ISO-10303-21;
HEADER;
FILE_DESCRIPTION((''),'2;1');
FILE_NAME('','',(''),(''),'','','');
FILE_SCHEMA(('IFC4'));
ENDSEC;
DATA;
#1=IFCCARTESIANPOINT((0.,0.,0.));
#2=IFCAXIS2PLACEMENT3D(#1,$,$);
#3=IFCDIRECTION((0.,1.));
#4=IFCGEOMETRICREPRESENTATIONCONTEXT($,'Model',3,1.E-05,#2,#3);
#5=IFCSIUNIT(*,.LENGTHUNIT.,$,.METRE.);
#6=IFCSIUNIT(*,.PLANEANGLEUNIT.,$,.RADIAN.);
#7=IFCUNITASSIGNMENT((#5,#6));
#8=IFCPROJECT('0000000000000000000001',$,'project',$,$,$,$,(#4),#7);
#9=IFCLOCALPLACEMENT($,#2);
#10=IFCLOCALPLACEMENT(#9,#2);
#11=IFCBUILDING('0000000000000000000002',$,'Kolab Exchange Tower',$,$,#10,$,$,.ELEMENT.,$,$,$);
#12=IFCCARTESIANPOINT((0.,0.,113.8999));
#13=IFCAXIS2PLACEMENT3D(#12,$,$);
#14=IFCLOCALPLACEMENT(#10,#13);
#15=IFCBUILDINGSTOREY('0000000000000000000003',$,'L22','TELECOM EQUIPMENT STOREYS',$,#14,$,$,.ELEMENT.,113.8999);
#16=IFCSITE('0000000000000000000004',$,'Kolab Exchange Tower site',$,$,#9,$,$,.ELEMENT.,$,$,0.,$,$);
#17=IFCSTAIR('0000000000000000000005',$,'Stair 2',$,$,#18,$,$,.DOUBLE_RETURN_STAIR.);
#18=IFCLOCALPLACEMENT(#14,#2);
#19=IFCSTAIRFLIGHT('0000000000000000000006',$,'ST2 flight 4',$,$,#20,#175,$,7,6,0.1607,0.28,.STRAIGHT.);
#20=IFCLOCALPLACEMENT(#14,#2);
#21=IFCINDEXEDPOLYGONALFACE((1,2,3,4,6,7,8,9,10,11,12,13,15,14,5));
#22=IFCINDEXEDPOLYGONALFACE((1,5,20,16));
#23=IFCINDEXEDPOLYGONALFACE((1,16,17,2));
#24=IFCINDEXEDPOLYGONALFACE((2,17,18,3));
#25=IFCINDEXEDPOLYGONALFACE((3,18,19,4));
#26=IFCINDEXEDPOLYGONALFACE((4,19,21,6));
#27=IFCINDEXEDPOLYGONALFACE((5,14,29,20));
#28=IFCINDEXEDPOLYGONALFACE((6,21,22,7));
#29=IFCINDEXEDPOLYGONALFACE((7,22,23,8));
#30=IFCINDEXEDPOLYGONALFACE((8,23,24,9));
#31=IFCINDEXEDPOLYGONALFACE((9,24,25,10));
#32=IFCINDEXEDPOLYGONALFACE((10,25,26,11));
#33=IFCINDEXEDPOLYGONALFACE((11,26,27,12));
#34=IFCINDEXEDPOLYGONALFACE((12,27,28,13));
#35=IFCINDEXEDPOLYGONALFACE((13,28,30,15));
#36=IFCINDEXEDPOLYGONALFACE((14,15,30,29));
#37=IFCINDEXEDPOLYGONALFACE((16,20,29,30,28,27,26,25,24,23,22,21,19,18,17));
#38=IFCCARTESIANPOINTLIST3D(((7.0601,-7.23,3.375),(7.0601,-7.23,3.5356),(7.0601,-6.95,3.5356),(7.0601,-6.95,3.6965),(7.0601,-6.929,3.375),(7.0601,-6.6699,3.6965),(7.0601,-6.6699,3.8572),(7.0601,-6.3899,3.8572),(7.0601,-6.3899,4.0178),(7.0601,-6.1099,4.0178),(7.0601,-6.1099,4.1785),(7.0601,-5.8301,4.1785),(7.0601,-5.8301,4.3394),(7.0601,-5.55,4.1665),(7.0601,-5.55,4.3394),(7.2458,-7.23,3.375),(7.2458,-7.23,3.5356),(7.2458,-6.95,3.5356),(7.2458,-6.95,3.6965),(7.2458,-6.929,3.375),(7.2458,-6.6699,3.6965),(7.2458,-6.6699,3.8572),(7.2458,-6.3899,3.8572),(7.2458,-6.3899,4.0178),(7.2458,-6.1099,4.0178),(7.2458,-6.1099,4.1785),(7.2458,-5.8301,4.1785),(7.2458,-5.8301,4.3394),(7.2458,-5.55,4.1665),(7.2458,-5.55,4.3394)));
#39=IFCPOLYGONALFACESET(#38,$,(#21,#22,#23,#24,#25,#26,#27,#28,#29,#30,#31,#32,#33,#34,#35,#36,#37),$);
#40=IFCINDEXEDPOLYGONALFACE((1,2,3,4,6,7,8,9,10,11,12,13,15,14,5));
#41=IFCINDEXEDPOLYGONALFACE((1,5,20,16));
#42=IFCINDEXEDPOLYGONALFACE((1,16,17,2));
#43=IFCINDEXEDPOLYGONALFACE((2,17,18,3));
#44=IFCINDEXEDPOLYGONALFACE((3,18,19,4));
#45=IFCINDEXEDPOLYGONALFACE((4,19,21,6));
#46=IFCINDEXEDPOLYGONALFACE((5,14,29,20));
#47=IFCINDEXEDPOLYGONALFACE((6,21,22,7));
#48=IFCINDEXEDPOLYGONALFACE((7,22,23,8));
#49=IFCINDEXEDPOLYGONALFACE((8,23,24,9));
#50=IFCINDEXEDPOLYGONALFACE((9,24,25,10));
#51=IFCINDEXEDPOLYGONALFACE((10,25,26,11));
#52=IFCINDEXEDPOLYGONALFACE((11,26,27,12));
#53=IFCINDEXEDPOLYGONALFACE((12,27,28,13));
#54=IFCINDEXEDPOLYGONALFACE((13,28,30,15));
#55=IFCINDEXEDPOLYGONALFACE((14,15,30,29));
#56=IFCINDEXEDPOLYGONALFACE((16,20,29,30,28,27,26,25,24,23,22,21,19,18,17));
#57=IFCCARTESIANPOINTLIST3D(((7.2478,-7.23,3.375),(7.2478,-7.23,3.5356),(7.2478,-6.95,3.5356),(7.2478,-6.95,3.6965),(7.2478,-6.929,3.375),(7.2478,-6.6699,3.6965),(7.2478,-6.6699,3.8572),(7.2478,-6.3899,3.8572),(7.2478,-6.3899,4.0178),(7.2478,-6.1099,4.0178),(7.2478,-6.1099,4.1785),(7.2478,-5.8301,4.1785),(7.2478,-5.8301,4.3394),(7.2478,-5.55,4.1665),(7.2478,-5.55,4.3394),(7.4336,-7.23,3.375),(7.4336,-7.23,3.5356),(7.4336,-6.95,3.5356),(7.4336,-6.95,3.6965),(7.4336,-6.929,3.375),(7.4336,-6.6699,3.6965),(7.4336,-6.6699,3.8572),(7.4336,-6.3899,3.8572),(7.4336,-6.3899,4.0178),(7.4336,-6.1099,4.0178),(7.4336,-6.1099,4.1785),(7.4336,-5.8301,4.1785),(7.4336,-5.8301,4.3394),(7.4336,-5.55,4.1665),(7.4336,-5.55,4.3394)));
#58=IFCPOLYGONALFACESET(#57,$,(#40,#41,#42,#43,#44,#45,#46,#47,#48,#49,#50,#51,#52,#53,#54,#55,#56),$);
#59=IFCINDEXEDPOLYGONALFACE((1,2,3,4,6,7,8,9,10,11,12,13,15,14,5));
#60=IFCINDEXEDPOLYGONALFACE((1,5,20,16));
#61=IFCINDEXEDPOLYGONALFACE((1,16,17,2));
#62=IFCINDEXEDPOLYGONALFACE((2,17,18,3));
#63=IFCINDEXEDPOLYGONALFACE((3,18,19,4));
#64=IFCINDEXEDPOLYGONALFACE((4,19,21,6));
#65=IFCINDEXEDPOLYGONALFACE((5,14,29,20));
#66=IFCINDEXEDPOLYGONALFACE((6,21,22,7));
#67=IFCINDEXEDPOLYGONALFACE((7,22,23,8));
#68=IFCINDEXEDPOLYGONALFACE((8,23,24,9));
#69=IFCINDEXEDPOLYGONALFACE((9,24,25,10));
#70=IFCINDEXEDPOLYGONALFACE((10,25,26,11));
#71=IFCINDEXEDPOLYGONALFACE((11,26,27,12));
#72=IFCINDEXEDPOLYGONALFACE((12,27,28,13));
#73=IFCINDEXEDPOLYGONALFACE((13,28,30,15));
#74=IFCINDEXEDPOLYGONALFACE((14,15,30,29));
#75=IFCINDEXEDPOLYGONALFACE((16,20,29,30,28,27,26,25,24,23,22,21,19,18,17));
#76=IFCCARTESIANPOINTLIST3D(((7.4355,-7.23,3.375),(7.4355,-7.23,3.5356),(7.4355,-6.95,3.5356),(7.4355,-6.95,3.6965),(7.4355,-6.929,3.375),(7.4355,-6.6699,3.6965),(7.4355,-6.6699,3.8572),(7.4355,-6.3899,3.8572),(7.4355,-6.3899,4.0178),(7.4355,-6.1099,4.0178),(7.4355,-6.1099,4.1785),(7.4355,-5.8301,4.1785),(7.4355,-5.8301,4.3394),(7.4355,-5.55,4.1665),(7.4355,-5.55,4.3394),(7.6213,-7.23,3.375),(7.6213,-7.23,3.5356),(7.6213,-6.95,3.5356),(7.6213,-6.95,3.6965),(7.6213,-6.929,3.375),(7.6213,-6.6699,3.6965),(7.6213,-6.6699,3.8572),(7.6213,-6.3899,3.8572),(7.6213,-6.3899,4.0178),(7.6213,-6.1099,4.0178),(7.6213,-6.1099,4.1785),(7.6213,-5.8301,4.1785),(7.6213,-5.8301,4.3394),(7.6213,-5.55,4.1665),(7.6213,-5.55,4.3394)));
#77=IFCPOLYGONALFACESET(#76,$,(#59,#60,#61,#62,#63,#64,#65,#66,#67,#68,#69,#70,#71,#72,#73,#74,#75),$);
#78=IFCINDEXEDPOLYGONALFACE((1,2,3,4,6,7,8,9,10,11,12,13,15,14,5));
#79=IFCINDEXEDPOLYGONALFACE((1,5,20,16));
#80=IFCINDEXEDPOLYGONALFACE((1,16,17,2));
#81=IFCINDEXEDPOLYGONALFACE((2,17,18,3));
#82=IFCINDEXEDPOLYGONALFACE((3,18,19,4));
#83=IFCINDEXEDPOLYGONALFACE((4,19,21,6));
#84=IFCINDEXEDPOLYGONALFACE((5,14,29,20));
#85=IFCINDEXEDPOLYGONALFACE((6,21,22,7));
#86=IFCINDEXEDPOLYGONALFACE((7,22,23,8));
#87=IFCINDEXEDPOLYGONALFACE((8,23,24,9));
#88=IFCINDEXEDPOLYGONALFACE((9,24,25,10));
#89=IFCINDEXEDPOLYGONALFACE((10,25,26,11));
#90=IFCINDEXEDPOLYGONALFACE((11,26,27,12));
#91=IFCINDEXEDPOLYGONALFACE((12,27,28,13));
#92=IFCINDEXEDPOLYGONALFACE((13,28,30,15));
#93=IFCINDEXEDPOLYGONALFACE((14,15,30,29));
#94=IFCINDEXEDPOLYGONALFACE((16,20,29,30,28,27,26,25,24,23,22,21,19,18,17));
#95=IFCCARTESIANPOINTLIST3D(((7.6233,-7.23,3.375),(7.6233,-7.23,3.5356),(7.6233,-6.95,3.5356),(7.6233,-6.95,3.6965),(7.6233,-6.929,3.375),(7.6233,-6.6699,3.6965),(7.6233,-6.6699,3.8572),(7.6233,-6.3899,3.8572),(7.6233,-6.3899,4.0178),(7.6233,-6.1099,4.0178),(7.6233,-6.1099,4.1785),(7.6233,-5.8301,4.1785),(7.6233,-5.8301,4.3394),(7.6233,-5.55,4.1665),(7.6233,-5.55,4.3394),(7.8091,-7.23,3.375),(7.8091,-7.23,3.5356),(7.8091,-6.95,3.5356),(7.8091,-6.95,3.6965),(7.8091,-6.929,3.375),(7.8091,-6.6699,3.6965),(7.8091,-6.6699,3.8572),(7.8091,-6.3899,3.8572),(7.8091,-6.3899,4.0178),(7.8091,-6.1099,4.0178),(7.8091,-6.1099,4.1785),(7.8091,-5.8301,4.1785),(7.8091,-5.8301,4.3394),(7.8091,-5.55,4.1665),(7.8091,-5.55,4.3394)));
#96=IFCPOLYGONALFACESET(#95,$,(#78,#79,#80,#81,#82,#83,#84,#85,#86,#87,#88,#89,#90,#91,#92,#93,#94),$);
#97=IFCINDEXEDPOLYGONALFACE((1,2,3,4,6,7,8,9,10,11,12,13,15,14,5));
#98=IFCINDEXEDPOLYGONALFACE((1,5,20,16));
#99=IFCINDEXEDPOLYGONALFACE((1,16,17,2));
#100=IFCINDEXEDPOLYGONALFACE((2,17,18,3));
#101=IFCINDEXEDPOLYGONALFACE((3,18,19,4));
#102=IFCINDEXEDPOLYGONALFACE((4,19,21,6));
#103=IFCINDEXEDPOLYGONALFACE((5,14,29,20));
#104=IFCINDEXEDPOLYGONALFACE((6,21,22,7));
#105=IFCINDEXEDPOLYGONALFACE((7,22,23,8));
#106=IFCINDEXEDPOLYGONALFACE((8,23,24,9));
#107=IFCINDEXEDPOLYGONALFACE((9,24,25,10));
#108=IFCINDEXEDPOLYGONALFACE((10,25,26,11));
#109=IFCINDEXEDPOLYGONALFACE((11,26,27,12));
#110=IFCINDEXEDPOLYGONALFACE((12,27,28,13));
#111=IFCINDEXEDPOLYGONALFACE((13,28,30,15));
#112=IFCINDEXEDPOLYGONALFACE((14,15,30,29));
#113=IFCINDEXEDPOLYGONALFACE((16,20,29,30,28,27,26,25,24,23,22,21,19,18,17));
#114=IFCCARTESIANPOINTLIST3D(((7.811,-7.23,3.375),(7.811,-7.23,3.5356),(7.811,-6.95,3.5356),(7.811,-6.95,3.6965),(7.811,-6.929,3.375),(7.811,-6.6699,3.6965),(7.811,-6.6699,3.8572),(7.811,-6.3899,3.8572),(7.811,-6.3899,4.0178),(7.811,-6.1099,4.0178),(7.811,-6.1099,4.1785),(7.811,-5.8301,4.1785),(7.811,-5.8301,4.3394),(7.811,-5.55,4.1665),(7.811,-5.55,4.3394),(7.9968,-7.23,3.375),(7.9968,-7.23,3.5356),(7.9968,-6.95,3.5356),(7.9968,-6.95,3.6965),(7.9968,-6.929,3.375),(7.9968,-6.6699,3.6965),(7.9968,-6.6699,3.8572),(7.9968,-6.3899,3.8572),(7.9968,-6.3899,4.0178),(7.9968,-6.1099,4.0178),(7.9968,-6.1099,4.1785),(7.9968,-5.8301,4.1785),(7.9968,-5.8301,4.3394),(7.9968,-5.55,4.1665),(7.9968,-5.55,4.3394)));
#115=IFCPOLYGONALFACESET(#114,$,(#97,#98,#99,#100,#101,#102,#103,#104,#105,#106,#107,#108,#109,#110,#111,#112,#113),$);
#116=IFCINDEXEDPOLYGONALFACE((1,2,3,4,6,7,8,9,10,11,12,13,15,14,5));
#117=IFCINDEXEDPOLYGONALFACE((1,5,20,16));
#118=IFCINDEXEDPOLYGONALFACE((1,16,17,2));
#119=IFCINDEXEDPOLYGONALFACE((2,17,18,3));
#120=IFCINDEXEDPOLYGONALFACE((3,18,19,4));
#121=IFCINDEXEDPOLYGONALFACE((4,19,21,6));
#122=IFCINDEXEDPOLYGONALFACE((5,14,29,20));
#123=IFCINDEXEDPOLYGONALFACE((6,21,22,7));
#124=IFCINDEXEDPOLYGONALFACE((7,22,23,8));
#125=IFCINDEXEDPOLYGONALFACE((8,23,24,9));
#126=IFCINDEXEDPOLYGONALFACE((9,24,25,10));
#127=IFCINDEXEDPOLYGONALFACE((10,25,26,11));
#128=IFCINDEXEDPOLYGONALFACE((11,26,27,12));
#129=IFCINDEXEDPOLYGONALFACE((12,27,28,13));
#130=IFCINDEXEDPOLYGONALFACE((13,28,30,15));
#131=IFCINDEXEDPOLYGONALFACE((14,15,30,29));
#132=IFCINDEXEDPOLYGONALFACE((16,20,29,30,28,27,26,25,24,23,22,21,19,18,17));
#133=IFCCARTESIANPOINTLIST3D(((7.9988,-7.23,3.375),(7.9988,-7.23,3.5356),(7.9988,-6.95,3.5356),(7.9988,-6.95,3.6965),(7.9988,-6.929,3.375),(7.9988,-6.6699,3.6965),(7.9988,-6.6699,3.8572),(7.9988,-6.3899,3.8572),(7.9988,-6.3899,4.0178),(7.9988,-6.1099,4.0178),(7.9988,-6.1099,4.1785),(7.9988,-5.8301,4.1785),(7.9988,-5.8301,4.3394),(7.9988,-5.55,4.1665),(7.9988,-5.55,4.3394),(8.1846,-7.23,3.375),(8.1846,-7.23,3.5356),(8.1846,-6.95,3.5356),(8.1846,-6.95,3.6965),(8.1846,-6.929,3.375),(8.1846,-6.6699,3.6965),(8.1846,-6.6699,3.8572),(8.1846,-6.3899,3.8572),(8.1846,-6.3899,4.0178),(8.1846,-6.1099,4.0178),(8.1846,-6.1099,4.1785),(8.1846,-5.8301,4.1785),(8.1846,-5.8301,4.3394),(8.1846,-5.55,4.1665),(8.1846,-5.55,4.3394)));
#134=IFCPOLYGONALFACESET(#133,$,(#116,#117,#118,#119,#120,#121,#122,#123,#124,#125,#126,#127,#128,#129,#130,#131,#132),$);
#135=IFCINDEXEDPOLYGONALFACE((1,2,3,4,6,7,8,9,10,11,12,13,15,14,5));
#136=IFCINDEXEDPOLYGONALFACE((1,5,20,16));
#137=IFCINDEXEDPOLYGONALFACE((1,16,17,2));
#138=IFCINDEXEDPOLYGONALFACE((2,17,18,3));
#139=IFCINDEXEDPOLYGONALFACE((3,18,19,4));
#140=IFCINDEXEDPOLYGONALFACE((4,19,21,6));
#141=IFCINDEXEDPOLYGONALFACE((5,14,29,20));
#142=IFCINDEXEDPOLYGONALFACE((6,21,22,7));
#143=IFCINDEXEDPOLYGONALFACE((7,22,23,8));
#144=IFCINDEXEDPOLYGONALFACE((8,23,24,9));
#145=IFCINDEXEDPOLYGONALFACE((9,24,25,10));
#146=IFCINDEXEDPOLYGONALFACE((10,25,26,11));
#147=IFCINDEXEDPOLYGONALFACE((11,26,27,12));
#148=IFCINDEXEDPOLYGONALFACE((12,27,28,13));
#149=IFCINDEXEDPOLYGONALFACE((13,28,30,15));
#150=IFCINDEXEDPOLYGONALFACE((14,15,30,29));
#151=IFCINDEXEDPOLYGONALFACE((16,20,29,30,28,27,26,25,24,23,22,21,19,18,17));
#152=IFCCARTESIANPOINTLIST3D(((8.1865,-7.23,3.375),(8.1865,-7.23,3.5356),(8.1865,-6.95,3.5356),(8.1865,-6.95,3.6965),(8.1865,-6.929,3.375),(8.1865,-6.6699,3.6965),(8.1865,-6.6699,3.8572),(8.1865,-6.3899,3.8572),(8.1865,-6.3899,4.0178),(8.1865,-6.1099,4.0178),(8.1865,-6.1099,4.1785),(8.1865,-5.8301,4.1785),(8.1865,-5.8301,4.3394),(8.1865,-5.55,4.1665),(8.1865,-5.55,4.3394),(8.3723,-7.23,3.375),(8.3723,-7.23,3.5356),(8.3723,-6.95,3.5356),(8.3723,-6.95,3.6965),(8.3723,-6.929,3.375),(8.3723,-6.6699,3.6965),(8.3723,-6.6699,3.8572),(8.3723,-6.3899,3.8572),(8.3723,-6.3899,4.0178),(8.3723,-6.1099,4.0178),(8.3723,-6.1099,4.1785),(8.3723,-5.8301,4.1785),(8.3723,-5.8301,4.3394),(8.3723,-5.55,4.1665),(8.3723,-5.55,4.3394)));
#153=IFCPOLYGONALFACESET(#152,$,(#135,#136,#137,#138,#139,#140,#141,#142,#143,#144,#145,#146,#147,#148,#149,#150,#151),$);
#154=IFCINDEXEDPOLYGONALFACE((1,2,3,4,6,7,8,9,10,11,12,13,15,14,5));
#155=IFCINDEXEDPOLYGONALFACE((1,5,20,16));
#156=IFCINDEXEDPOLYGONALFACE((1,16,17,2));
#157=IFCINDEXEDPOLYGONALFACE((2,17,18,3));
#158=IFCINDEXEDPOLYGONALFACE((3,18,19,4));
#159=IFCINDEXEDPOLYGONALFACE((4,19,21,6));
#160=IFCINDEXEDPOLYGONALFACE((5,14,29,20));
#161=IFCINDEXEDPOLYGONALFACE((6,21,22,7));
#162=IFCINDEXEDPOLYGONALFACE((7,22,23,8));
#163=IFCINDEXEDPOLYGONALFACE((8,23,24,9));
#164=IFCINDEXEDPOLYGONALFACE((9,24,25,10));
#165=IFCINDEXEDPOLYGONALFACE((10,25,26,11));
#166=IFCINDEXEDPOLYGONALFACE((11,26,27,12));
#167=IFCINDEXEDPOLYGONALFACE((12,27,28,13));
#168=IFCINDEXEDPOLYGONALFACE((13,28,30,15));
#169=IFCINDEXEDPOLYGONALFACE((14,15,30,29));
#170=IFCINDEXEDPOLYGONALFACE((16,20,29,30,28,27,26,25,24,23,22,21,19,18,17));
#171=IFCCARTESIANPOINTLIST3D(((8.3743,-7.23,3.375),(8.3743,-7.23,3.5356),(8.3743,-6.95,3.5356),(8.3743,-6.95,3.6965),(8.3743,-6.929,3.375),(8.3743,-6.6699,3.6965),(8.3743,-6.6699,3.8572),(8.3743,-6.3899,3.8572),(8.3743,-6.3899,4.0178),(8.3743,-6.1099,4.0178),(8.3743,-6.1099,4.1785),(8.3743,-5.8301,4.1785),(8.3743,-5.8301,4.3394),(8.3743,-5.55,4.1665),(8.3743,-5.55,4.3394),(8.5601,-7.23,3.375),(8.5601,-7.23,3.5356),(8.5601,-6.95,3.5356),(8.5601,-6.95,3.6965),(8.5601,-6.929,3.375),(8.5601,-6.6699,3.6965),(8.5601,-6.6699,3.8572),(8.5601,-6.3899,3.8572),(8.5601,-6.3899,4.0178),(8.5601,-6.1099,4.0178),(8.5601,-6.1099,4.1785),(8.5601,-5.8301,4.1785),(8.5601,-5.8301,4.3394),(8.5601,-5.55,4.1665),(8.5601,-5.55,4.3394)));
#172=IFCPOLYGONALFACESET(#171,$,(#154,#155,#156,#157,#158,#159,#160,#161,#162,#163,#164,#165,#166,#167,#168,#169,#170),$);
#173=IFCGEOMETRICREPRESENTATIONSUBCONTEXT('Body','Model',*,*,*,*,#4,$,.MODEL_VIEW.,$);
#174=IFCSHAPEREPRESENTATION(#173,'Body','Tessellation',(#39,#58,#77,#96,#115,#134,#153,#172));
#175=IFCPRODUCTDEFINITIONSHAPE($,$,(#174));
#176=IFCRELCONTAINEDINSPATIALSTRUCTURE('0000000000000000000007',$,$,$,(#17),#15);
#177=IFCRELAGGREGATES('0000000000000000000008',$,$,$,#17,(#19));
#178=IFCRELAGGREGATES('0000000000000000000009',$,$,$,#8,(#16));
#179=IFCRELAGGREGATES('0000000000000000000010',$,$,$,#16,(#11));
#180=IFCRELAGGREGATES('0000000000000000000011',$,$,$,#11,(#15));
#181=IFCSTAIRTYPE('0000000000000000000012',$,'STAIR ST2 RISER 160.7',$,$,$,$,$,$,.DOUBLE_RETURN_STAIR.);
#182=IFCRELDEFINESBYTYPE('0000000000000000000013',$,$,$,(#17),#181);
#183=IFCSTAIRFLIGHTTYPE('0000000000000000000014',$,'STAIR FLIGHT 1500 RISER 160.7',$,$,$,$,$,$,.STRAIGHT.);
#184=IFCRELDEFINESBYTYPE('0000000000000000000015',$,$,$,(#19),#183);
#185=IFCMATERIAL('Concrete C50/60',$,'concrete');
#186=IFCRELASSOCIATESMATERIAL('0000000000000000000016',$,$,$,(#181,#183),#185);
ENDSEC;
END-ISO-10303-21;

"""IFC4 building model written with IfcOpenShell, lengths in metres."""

from ifc_helpers import new_model, si_unit, direction, frame, origin, place, context, subcontext, project, spatial, polyline, outline, extrude, material, type_object, element, aggregate, save


model = new_model("IFC4")

# Units and contexts
model_context = context("Model", 3, precision=1e-05, world=origin(), true_north=direction((0.0, 1.0)))
body_context = subcontext(model_context, "Body", "Model", "MODEL_VIEW")
ifc_project = project(units=[si_unit("LENGTHUNIT", "METRE"), si_unit("PLANEANGLEUNIT", "RADIAN")], contexts=[model_context])

# Site, building, storey
site_placement = place(None, origin())
site = spatial("IfcSite", under=ifc_project, at=site_placement, Name="Kolab Exchange Tower site", CompositionType="ELEMENT", RefElevation=0.0)
building_placement = place(site_placement, origin())
building = spatial("IfcBuilding", under=site, at=building_placement, Name="Kolab Exchange Tower", CompositionType="ELEMENT")
storey_placement = place(building_placement, frame((0.0, 0.0, 113.8999)))
storey = spatial("IfcBuildingStorey", under=building, at=storey_placement, Name="L22", Description="TELECOM EQUIPMENT STOREYS", CompositionType="ELEMENT", Elevation=113.8999)

# Shared definitions
ifc_material_1 = material(Name="Concrete C50/60", Category="concrete")

# Stair, stair flight
stair_type = type_object("IfcStairType", Name="STAIR ST2 RISER 160.7", PredefinedType="DOUBLE_RETURN_STAIR", material=ifc_material_1)
stair_placement = place(storey_placement, origin())
stair = element("IfcStair", 1, at=stair_placement, inside=storey, type_object=stair_type, Name="Stair 2", PredefinedType="DOUBLE_RETURN_STAIR")
stair_flight_type = type_object("IfcStairFlightType", Name="STAIR FLIGHT 1500 RISER 160.7", PredefinedType="STRAIGHT", material=ifc_material_1)
stair_flight_1_placement = place(storey_placement, frame((7.8101, -7.23, 3.375), z_axis=(0.0, 0.0, 1.0), x_axis=(0.0, 1.0, 0.0)))
stair_flight_1 = element("IfcStairFlight", 2, at=stair_flight_1_placement, type_object=stair_flight_type, Name="ST2 flight 4", NumberOfRisers=7, NumberOfTreads=6, PredefinedType="STRAIGHT", RiserHeight=0.1607, TreadLength=0.28, context=body_context, shape_type="SweptSolid", body=[
    extrude(outline(polyline([(0.0, 0.0), (0.0, 0.1606), (0.28, 0.1606), (0.28, 0.3215), (0.5601, 0.3215), (0.5601, 0.4822), (0.8401, 0.4822), (0.8401, 0.6428), (1.1201, 0.6428), (1.1201, 0.8035), (1.3999, 0.8035), (1.3999, 0.9644), (1.6799, 0.9644), (1.6799, 1.125), (1.6799, 0.7915), (0.301, 0.0), (0.0, 0.0)])), frame((0.0, 0.75, 0.0), z_axis=(0.0, -1.0, 0.0), x_axis=(1.0, 0.0, 0.0)), (0.0, 0.0, 1.0), 0.1858),
    extrude(outline(polyline([(0.0, 0.0), (0.0, 0.1606), (0.28, 0.1606), (0.28, 0.3215), (0.5601, 0.3215), (0.5601, 0.4822), (0.8401, 0.4822), (0.8401, 0.6428), (1.1201, 0.6428), (1.1201, 0.8035), (1.3999, 0.8035), (1.3999, 0.9644), (1.6799, 0.9644), (1.6799, 1.125), (1.6799, 0.7915), (0.301, 0.0), (0.0, 0.0)])), frame((0.0, 0.5623, 0.0), z_axis=(0.0, -1.0, 0.0), x_axis=(1.0, 0.0, 0.0)), (0.0, 0.0, 1.0), 0.1858),
    extrude(outline(polyline([(0.0, 0.0), (0.0, 0.1606), (0.28, 0.1606), (0.28, 0.3215), (0.5601, 0.3215), (0.5601, 0.4822), (0.8401, 0.4822), (0.8401, 0.6428), (1.1201, 0.6428), (1.1201, 0.8035), (1.3999, 0.8035), (1.3999, 0.9644), (1.6799, 0.9644), (1.6799, 1.125), (1.6799, 0.7915), (0.301, 0.0), (0.0, 0.0)])), frame((0.0, 0.3745, 0.0), z_axis=(0.0, -1.0, 0.0), x_axis=(1.0, 0.0, 0.0)), (0.0, 0.0, 1.0), 0.1858),
    extrude(outline(polyline([(0.0, 0.0), (0.0, 0.1606), (0.28, 0.1606), (0.28, 0.3215), (0.5601, 0.3215), (0.5601, 0.4822), (0.8401, 0.4822), (0.8401, 0.6428), (1.1201, 0.6428), (1.1201, 0.8035), (1.3999, 0.8035), (1.3999, 0.9644), (1.6799, 0.9644), (1.6799, 1.125), (1.6799, 0.7915), (0.301, 0.0), (0.0, 0.0)])), frame((0.0, 0.1868, 0.0), z_axis=(0.0, -1.0, 0.0), x_axis=(1.0, 0.0, 0.0)), (0.0, 0.0, 1.0), 0.1858),
    extrude(outline(polyline([(0.0, 0.0), (0.0, 0.1606), (0.28, 0.1606), (0.28, 0.3215), (0.5601, 0.3215), (0.5601, 0.4822), (0.8401, 0.4822), (0.8401, 0.6428), (1.1201, 0.6428), (1.1201, 0.8035), (1.3999, 0.8035), (1.3999, 0.9644), (1.6799, 0.9644), (1.6799, 1.125), (1.6799, 0.7915), (0.301, 0.0), (0.0, 0.0)])), frame((0.0, -0.001, 0.0), z_axis=(0.0, -1.0, 0.0), x_axis=(1.0, 0.0, 0.0)), (0.0, 0.0, 1.0), 0.1858),
    extrude(outline(polyline([(0.0, 0.0), (0.0, 0.1606), (0.28, 0.1606), (0.28, 0.3215), (0.5601, 0.3215), (0.5601, 0.4822), (0.8401, 0.4822), (0.8401, 0.6428), (1.1201, 0.6428), (1.1201, 0.8035), (1.3999, 0.8035), (1.3999, 0.9644), (1.6799, 0.9644), (1.6799, 1.125), (1.6799, 0.7915), (0.301, 0.0), (0.0, 0.0)])), frame((0.0, -0.1887, 0.0), z_axis=(0.0, -1.0, 0.0), x_axis=(1.0, 0.0, 0.0)), (0.0, 0.0, 1.0), 0.1858),
    extrude(outline(polyline([(0.0, 0.0), (0.0, 0.1606), (0.28, 0.1606), (0.28, 0.3215), (0.5601, 0.3215), (0.5601, 0.4822), (0.8401, 0.4822), (0.8401, 0.6428), (1.1201, 0.6428), (1.1201, 0.8035), (1.3999, 0.8035), (1.3999, 0.9644), (1.6799, 0.9644), (1.6799, 1.125), (1.6799, 0.7915), (0.301, 0.0), (0.0, 0.0)])), frame((0.0, -0.3765, 0.0), z_axis=(0.0, -1.0, 0.0), x_axis=(1.0, 0.0, 0.0)), (0.0, 0.0, 1.0), 0.1858),
    extrude(outline(polyline([(0.0, 0.0), (0.0, 0.1606), (0.28, 0.1606), (0.28, 0.3215), (0.5601, 0.3215), (0.5601, 0.4822), (0.8401, 0.4822), (0.8401, 0.6428), (1.1201, 0.6428), (1.1201, 0.8035), (1.3999, 0.8035), (1.3999, 0.9644), (1.6799, 0.9644), (1.6799, 1.125), (1.6799, 0.7915), (0.301, 0.0), (0.0, 0.0)])), frame((0.0, -0.5642, 0.0), z_axis=(0.0, -1.0, 0.0), x_axis=(1.0, 0.0, 0.0)), (0.0, 0.0, 1.0), 0.1858),
])
aggregate(stair, [stair_flight_1])

save(model, "model.ifc")
